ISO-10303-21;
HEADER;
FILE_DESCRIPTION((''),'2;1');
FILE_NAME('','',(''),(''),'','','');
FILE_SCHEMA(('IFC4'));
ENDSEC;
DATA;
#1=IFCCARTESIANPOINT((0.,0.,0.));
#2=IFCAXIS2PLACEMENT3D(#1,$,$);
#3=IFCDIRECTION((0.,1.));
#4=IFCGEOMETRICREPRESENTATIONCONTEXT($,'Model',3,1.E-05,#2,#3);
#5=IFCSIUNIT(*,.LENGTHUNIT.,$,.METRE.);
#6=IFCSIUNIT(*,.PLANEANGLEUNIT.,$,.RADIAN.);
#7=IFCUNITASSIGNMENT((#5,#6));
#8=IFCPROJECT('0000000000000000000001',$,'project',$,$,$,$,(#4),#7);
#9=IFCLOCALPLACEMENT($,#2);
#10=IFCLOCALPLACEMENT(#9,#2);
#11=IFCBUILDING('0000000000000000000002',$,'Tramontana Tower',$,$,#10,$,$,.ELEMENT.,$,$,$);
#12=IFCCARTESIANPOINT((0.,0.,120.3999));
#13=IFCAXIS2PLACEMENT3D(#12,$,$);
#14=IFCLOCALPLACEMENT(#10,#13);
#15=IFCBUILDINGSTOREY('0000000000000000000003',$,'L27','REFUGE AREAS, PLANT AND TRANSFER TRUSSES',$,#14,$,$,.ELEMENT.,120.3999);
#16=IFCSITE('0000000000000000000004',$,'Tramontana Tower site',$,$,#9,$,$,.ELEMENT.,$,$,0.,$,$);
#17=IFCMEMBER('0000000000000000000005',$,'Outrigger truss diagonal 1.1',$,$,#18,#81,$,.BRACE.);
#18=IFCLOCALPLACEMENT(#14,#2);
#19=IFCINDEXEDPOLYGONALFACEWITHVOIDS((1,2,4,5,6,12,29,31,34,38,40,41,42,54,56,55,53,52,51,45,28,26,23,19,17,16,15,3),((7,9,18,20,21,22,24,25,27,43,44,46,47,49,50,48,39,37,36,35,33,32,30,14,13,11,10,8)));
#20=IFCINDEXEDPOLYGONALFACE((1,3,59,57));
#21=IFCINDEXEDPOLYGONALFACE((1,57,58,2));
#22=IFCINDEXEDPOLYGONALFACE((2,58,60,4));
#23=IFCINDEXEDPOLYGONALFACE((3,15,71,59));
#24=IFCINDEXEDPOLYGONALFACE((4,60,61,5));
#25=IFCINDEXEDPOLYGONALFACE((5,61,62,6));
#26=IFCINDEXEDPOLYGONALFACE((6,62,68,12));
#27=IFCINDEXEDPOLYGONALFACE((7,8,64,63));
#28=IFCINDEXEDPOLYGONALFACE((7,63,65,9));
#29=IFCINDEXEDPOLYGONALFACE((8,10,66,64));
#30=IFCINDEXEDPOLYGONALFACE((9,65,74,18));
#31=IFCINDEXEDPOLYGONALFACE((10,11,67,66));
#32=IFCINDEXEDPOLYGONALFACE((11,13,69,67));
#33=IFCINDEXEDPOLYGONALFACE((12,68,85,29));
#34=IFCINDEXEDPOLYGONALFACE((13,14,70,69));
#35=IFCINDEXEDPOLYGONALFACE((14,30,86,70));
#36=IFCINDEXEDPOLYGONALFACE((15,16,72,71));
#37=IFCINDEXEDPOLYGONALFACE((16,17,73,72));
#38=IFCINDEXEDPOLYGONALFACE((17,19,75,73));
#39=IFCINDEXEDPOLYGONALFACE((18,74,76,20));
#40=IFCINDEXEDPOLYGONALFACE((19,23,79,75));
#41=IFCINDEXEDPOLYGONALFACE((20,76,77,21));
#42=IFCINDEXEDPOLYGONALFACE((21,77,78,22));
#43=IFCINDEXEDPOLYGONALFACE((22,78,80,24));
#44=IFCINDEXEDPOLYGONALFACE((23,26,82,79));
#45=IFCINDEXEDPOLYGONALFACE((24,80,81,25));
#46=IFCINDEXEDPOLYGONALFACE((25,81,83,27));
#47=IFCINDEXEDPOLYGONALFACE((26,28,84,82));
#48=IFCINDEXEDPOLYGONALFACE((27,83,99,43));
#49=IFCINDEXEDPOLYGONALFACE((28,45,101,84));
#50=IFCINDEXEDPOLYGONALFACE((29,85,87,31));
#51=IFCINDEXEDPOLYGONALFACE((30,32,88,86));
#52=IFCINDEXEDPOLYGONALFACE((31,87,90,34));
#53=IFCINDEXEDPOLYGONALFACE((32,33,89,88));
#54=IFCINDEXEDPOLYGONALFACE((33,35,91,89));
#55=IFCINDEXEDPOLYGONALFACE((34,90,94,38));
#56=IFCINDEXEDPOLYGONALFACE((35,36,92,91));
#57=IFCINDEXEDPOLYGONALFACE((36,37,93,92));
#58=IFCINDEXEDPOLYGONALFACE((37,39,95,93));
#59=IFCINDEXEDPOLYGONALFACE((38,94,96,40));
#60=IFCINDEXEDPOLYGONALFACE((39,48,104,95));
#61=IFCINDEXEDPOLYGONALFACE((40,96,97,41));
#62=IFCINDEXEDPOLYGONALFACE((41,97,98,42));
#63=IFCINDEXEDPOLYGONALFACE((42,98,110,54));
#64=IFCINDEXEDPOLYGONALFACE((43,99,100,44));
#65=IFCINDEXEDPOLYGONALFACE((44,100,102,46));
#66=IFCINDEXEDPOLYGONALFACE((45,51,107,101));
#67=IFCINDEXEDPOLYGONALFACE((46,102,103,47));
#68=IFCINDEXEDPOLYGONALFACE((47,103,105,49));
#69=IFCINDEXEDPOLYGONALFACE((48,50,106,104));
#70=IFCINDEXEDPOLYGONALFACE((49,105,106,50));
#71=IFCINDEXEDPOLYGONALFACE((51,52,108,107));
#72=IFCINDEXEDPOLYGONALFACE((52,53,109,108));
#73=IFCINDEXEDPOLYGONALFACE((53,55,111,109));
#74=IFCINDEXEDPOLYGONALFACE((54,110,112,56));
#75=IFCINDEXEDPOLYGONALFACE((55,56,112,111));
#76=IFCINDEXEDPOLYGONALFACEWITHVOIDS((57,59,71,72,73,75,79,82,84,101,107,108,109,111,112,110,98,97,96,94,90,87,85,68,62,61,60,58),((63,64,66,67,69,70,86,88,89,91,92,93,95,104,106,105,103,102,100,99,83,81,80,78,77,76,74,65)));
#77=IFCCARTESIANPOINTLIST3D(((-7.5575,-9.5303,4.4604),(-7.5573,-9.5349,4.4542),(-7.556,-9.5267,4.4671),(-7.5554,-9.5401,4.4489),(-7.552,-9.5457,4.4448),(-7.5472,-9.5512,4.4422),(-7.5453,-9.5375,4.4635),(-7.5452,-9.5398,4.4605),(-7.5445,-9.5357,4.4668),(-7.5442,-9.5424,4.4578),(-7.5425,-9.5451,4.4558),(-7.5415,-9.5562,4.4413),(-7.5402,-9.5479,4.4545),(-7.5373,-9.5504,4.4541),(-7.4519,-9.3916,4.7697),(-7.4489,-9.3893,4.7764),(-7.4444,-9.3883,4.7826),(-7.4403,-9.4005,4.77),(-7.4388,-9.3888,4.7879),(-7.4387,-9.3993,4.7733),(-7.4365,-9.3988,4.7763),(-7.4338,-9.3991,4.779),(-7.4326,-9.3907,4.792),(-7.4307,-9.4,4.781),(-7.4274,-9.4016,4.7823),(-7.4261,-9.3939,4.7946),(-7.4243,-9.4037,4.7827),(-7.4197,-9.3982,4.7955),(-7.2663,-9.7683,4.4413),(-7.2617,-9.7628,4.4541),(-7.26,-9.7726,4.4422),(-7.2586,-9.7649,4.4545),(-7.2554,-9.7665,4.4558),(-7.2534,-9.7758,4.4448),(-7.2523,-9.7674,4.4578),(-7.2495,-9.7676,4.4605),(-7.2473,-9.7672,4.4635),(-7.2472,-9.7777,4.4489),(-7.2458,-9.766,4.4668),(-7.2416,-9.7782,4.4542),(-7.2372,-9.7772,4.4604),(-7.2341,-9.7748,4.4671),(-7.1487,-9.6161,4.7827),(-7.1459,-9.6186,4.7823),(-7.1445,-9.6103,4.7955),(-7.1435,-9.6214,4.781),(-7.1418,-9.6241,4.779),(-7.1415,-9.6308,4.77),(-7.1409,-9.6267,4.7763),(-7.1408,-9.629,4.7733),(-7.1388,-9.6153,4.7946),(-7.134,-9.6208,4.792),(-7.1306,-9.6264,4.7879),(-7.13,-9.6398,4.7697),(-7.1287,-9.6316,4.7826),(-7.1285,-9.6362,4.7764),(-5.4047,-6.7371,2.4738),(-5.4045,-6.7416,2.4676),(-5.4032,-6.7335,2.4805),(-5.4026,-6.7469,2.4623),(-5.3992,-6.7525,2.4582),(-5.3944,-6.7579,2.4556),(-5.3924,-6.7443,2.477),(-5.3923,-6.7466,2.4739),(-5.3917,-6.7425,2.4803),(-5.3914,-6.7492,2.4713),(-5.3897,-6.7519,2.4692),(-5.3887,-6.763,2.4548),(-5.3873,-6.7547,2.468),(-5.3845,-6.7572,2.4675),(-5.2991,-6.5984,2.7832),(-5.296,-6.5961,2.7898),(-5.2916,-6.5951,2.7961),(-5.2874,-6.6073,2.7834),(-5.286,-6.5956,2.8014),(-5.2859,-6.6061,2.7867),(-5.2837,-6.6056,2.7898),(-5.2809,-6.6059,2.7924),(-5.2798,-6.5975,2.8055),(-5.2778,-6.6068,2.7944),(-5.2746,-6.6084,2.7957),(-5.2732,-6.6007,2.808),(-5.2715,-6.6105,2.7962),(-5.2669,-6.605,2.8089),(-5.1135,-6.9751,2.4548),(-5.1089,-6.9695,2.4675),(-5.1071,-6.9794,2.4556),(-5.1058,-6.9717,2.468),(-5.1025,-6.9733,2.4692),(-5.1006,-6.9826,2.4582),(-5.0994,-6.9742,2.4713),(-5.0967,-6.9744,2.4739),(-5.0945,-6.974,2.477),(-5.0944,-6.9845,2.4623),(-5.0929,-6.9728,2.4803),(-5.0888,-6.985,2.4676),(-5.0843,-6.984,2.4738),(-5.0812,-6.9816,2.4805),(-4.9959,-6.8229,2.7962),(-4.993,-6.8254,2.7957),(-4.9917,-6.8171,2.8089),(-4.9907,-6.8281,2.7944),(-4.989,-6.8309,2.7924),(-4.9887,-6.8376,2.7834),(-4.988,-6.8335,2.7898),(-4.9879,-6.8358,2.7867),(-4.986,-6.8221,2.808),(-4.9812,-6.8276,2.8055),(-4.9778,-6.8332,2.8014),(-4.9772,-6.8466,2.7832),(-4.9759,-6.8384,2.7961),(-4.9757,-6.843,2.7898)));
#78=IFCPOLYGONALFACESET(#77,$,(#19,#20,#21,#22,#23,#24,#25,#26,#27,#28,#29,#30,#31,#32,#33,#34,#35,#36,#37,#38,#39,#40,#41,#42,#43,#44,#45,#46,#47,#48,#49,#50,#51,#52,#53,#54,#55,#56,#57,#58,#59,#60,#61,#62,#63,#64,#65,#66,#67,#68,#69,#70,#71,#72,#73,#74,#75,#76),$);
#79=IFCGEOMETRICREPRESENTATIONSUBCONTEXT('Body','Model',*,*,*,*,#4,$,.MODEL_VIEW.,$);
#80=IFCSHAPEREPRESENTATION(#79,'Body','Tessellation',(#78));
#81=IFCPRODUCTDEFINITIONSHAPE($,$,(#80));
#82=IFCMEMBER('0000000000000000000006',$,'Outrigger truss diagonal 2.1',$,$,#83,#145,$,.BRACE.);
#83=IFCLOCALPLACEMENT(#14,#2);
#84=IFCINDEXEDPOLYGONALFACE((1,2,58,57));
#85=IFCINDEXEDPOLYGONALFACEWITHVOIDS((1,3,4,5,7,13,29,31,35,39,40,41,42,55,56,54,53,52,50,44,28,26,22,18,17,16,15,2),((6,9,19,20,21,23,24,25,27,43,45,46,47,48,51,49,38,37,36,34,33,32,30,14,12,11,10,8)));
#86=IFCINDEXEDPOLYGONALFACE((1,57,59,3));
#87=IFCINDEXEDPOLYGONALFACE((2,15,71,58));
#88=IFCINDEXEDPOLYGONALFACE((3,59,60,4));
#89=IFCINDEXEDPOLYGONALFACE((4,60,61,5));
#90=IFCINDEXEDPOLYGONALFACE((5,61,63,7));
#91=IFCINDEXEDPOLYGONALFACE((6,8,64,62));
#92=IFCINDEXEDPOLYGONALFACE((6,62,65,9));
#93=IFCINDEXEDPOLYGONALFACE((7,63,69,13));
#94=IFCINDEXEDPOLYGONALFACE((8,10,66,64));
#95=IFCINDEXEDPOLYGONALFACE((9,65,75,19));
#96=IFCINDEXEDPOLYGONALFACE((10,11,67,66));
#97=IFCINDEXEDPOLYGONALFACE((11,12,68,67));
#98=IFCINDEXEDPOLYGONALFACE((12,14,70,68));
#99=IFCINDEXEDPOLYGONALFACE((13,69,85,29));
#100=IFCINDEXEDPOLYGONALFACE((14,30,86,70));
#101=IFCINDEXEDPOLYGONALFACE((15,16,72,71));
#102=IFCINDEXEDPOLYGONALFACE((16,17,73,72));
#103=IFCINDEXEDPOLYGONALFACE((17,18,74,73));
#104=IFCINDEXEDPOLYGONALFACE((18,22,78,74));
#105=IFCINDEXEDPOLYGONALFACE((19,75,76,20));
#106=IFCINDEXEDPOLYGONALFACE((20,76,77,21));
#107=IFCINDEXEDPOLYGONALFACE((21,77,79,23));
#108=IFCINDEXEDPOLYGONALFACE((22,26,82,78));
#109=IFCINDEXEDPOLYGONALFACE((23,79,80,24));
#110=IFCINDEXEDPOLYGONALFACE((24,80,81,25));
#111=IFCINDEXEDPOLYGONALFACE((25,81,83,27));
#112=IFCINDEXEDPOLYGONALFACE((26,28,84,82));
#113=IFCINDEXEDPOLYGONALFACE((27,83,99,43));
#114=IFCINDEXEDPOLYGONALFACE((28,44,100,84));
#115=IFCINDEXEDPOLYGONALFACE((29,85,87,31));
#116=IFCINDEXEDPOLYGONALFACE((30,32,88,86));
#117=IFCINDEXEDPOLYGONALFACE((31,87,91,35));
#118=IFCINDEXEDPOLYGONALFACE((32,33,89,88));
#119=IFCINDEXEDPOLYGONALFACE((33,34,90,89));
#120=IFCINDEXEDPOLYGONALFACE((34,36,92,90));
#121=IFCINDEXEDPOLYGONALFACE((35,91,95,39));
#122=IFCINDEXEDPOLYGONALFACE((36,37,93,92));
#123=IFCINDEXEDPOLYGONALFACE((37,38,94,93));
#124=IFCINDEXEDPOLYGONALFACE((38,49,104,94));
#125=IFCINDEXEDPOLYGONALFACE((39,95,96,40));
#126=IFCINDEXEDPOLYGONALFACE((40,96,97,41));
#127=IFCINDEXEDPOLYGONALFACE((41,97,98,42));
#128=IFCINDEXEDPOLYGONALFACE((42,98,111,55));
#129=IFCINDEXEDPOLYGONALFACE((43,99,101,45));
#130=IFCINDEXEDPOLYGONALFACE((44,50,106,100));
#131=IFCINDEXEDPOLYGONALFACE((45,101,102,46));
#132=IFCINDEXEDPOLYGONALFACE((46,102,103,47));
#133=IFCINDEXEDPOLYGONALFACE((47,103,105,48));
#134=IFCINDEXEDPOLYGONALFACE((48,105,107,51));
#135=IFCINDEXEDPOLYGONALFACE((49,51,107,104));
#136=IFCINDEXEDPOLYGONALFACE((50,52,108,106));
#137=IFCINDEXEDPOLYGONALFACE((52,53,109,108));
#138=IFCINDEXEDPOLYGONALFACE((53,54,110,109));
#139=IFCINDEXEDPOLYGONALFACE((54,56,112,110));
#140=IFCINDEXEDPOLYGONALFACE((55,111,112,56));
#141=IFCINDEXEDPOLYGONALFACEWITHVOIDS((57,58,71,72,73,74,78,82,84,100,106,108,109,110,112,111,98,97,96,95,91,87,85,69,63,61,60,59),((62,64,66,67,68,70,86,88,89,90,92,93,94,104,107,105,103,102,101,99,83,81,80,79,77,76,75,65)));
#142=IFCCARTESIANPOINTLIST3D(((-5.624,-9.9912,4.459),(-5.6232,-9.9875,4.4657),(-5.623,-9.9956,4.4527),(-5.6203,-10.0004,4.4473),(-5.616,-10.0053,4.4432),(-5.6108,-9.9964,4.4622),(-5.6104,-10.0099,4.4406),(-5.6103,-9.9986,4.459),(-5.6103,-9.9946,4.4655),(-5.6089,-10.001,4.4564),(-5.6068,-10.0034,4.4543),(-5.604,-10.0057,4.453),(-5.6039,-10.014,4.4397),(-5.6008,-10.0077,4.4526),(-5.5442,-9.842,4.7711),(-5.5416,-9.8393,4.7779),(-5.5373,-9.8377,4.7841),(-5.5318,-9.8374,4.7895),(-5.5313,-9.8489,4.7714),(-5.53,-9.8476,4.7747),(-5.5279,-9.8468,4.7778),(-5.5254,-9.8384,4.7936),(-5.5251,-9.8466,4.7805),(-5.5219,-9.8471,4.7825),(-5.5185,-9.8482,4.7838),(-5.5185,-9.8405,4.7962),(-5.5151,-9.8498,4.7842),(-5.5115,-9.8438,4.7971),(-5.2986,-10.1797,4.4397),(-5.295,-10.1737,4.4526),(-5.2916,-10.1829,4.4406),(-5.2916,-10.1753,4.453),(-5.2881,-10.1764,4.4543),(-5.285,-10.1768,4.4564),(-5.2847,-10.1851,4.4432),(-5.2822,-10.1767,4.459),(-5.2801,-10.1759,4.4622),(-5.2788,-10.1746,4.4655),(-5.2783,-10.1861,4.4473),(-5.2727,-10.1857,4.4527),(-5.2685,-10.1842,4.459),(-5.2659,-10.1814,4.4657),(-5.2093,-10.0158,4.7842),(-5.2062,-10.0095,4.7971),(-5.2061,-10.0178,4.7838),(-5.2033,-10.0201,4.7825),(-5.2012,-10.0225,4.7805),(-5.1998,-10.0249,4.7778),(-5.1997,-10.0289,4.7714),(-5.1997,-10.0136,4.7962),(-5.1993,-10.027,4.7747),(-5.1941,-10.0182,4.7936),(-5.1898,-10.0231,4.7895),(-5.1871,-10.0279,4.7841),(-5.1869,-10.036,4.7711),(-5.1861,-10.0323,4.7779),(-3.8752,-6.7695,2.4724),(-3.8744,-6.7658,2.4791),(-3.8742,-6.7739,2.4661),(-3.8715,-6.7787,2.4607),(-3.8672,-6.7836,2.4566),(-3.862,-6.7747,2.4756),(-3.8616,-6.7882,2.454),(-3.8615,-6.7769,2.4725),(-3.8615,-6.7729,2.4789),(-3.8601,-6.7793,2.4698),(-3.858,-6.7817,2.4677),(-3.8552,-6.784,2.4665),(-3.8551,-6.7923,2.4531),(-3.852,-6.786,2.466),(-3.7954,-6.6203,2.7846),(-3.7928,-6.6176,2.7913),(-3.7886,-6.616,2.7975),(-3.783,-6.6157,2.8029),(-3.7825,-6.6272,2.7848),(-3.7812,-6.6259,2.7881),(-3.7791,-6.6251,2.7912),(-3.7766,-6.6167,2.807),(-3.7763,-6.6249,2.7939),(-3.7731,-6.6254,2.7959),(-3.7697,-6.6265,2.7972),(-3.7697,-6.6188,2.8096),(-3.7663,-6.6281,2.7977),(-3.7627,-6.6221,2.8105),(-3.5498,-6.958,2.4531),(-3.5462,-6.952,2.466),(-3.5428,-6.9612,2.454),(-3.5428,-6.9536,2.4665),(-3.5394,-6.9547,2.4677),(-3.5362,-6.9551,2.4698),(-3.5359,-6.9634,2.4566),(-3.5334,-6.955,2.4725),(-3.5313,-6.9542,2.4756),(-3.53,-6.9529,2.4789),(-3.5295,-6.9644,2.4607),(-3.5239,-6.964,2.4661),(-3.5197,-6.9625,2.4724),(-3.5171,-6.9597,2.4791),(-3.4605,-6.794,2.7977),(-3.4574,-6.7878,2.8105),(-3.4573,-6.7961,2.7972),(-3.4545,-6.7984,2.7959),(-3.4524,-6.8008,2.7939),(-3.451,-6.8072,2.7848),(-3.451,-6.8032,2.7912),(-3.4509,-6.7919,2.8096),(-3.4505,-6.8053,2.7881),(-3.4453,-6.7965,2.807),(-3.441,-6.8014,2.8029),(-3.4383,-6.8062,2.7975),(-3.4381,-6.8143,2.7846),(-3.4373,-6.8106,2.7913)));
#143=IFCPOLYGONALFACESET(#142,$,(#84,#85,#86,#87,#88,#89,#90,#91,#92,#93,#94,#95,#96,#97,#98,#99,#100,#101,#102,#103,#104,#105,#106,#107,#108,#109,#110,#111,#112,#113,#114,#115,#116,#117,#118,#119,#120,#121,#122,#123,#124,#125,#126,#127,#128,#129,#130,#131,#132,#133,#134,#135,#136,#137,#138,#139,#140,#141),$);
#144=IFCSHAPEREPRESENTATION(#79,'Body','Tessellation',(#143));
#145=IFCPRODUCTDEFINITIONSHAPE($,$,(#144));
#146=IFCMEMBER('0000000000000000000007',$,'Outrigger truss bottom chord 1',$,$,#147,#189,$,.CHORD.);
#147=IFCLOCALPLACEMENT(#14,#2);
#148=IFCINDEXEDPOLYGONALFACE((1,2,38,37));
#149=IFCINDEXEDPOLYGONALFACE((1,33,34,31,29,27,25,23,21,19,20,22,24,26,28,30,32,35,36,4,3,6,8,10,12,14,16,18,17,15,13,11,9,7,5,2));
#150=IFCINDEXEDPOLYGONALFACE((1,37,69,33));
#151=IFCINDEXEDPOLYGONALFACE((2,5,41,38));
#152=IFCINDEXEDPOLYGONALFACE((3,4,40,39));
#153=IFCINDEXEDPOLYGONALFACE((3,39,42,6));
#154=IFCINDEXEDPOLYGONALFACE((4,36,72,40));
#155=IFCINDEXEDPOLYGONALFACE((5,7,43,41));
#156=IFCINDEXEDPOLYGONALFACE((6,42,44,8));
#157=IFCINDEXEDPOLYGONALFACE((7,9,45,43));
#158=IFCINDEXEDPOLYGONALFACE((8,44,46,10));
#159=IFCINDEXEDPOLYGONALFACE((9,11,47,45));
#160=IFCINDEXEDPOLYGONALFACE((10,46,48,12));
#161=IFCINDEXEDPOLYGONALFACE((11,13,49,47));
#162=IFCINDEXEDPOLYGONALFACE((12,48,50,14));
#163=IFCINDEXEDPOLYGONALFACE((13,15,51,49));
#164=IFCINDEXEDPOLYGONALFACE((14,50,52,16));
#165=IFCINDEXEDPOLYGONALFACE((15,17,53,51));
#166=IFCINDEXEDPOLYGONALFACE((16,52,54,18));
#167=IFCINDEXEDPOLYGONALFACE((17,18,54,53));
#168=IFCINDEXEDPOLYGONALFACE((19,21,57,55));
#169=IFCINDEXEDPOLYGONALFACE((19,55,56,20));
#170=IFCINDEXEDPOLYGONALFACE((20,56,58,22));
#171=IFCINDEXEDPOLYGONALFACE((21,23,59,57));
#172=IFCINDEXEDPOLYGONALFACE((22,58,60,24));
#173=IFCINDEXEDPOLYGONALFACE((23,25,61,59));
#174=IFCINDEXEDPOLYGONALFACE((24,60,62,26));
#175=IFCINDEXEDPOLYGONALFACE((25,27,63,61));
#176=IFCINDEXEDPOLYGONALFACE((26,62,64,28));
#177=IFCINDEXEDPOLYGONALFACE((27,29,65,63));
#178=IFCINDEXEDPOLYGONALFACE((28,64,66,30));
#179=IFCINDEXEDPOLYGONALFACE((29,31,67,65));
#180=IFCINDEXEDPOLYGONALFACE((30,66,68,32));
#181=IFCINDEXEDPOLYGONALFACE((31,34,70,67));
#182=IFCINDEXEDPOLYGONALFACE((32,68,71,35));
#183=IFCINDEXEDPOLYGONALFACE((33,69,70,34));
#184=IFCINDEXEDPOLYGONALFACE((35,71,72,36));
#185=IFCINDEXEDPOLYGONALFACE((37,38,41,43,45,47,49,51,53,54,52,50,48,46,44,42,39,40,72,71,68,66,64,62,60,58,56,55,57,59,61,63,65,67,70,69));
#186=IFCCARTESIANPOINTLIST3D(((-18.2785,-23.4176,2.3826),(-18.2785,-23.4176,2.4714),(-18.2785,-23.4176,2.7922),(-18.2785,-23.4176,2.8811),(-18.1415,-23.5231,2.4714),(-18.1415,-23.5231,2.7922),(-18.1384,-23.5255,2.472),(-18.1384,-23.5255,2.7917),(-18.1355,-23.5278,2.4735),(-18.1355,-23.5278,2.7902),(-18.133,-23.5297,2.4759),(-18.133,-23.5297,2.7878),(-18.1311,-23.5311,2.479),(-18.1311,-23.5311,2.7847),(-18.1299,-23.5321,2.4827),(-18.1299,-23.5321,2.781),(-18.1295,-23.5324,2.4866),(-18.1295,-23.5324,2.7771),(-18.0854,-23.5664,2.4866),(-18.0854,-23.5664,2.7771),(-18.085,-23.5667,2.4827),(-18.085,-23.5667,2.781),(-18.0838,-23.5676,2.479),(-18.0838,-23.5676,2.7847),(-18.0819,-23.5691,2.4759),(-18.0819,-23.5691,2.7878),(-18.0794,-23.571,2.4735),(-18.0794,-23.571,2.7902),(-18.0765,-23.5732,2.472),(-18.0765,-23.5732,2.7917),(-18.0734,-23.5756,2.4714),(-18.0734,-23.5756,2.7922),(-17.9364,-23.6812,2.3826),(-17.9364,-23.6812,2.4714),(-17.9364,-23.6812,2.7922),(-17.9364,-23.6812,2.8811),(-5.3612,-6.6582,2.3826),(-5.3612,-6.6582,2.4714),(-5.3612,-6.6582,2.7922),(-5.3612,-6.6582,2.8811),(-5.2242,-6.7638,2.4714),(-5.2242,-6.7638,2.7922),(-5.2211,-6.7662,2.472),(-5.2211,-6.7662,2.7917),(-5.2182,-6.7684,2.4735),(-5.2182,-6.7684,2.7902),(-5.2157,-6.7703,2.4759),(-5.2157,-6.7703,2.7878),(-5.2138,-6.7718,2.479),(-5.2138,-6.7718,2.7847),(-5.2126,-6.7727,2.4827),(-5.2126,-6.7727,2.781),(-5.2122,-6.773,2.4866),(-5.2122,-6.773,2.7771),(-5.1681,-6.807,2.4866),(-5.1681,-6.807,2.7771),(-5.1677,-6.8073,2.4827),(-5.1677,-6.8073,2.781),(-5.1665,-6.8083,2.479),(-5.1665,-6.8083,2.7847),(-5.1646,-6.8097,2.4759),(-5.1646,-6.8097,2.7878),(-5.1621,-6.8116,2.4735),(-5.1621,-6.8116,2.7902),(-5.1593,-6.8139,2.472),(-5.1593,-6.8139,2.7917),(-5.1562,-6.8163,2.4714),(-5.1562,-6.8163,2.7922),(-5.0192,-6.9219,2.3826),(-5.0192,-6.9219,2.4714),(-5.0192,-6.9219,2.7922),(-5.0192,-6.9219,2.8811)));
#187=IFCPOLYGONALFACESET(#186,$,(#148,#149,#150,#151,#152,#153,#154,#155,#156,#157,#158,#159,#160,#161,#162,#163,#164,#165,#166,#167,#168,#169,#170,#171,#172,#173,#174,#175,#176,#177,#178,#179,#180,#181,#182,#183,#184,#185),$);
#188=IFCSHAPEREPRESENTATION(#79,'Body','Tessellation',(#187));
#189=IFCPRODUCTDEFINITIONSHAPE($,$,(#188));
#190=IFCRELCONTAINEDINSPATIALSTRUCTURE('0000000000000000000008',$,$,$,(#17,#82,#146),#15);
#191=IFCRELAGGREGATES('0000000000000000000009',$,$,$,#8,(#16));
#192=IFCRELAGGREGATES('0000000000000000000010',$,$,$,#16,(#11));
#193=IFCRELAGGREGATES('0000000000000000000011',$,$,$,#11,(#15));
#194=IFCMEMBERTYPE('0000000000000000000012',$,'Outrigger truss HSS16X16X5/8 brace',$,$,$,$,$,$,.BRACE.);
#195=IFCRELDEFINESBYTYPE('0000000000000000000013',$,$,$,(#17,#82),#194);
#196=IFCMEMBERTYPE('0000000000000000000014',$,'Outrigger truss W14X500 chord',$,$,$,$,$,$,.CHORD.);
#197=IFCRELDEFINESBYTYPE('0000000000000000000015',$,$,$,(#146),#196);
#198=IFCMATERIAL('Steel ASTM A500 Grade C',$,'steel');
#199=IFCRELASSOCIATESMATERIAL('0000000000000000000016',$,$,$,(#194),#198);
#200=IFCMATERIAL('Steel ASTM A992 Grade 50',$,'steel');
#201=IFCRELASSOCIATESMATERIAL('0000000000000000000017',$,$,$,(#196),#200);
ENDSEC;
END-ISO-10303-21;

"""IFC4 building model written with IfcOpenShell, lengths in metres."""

from ifc_helpers import new_model, si_unit, direction, frame, origin, origin_2d, place, context, subcontext, project, spatial, hollow_rectangle, i_section, extrude, material, material_profile, profile_set, type_object, element, save


model = new_model("IFC4")

# Units and contexts
model_context = context("Model", 3, precision=1e-05, world=origin(), true_north=direction((0.0, 1.0)))
body_context = subcontext(model_context, "Body", "Model", "MODEL_VIEW")
ifc_project = project(units=[si_unit("LENGTHUNIT", "METRE"), si_unit("PLANEANGLEUNIT", "RADIAN")], contexts=[model_context])

# Site, building, storey
site_placement = place(None, origin())
site = spatial("IfcSite", under=ifc_project, at=site_placement, Name="Tramontana Tower site", CompositionType="ELEMENT", RefElevation=0.0)
building_placement = place(site_placement, origin())
building = spatial("IfcBuilding", under=site, at=building_placement, Name="Tramontana Tower", CompositionType="ELEMENT")
storey_placement = place(building_placement, frame((0.0, 0.0, 120.3999)))
storey = spatial("IfcBuildingStorey", under=building, at=storey_placement, Name="L27", Description="REFUGE AREAS, PLANT AND TRANSFER TRUSSES", CompositionType="ELEMENT", Elevation=120.3999)

# Members
ifc_material_1 = material(Name="Steel ASTM A500 Grade C", Category="steel")
ifc_material_profile_1 = material_profile(ifc_material_1, hollow_rectangle(XDim=0.4065, YDim=0.4065, WallThickness=0.0146, InnerFilletRadius=0.0146, OuterFilletRadius=0.0295, at=origin_2d()), Name="HSS16X16X5/8")
ifc_profile_set_1 = profile_set([ifc_material_profile_1], Name="Steel ASTM A500 Grade C")
member_type_1 = type_object("IfcMemberType", Name="Outrigger truss HSS16X16X5/8 brace", PredefinedType="BRACE", material=ifc_profile_set_1)
member_1_placement = place(storey_placement, frame((-5.1902, -6.79, 2.6318), z_axis=(-0.531877, -0.690088, 0.490801), x_axis=(0.792047, -0.61046, 0.0)))
element("IfcMember", 1, at=member_1_placement, inside=storey, type_object=member_type_1, Name="Outrigger truss diagonal 1.1", PredefinedType="BRACE", context=body_context, shape_type="SweptSolid", body=[
    extrude(hollow_rectangle(XDim=0.4065, YDim=0.4065, WallThickness=0.0146, InnerFilletRadius=0.0146, OuterFilletRadius=0.0295, at=origin_2d()), origin(), (0.0, 0.0, 1.0), 4.0476),
])
member_2_placement = place(storey_placement, frame((-3.6562, -6.79, 2.6318), z_axis=(-0.419432, -0.772696, 0.476464), x_axis=(0.878869, -0.477064, 0.0)))
element("IfcMember", 2, at=member_2_placement, inside=storey, type_object=member_type_1, Name="Outrigger truss diagonal 2.1", PredefinedType="BRACE", context=body_context, shape_type="SweptSolid", body=[
    extrude(hollow_rectangle(XDim=0.4065, YDim=0.4065, WallThickness=0.0146, InnerFilletRadius=0.0146, OuterFilletRadius=0.0295, at=origin_2d()), origin(), (0.0, 0.0, 1.0), 4.1694),
])
ifc_material_2 = material(Name="Steel ASTM A992 Grade 50", Category="steel")
ifc_material_profile_2 = material_profile(ifc_material_2, i_section(OverallWidth=0.4319, OverallDepth=0.4985, WebThickness=0.0557, FlangeThickness=0.0889, FilletRadius=0.0151, at=origin_2d()), Name="W14X500")
ifc_profile_set_2 = profile_set([ifc_material_profile_2], Name="Steel ASTM A992 Grade 50")
member_type_2 = type_object("IfcMemberType", Name="Outrigger truss W14X500 chord", PredefinedType="CHORD", material=ifc_profile_set_2)
for number, where, z_axis, x_axis, name in (
    (3, (-5.1902, -6.79, 2.6318), (-0.610467, -0.792042, 0.0), (0.792042, -0.610467, 0.0), "Outrigger truss bottom chord 1"),
):
    element("IfcMember", number, at=place(storey_placement, frame(where, z_axis=z_axis, x_axis=x_axis)), inside=storey, type_object=member_type_2, Name=name, PredefinedType="CHORD", context=body_context, shape_type="SweptSolid", body=[
        extrude(i_section(OverallWidth=0.4319, OverallDepth=0.4985, WebThickness=0.0557, FlangeThickness=0.0889, FilletRadius=0.0151, at=origin_2d()), origin(), (0.0, 0.0, 1.0), 21.1597),
    ])

save(model, "model.ifc")
